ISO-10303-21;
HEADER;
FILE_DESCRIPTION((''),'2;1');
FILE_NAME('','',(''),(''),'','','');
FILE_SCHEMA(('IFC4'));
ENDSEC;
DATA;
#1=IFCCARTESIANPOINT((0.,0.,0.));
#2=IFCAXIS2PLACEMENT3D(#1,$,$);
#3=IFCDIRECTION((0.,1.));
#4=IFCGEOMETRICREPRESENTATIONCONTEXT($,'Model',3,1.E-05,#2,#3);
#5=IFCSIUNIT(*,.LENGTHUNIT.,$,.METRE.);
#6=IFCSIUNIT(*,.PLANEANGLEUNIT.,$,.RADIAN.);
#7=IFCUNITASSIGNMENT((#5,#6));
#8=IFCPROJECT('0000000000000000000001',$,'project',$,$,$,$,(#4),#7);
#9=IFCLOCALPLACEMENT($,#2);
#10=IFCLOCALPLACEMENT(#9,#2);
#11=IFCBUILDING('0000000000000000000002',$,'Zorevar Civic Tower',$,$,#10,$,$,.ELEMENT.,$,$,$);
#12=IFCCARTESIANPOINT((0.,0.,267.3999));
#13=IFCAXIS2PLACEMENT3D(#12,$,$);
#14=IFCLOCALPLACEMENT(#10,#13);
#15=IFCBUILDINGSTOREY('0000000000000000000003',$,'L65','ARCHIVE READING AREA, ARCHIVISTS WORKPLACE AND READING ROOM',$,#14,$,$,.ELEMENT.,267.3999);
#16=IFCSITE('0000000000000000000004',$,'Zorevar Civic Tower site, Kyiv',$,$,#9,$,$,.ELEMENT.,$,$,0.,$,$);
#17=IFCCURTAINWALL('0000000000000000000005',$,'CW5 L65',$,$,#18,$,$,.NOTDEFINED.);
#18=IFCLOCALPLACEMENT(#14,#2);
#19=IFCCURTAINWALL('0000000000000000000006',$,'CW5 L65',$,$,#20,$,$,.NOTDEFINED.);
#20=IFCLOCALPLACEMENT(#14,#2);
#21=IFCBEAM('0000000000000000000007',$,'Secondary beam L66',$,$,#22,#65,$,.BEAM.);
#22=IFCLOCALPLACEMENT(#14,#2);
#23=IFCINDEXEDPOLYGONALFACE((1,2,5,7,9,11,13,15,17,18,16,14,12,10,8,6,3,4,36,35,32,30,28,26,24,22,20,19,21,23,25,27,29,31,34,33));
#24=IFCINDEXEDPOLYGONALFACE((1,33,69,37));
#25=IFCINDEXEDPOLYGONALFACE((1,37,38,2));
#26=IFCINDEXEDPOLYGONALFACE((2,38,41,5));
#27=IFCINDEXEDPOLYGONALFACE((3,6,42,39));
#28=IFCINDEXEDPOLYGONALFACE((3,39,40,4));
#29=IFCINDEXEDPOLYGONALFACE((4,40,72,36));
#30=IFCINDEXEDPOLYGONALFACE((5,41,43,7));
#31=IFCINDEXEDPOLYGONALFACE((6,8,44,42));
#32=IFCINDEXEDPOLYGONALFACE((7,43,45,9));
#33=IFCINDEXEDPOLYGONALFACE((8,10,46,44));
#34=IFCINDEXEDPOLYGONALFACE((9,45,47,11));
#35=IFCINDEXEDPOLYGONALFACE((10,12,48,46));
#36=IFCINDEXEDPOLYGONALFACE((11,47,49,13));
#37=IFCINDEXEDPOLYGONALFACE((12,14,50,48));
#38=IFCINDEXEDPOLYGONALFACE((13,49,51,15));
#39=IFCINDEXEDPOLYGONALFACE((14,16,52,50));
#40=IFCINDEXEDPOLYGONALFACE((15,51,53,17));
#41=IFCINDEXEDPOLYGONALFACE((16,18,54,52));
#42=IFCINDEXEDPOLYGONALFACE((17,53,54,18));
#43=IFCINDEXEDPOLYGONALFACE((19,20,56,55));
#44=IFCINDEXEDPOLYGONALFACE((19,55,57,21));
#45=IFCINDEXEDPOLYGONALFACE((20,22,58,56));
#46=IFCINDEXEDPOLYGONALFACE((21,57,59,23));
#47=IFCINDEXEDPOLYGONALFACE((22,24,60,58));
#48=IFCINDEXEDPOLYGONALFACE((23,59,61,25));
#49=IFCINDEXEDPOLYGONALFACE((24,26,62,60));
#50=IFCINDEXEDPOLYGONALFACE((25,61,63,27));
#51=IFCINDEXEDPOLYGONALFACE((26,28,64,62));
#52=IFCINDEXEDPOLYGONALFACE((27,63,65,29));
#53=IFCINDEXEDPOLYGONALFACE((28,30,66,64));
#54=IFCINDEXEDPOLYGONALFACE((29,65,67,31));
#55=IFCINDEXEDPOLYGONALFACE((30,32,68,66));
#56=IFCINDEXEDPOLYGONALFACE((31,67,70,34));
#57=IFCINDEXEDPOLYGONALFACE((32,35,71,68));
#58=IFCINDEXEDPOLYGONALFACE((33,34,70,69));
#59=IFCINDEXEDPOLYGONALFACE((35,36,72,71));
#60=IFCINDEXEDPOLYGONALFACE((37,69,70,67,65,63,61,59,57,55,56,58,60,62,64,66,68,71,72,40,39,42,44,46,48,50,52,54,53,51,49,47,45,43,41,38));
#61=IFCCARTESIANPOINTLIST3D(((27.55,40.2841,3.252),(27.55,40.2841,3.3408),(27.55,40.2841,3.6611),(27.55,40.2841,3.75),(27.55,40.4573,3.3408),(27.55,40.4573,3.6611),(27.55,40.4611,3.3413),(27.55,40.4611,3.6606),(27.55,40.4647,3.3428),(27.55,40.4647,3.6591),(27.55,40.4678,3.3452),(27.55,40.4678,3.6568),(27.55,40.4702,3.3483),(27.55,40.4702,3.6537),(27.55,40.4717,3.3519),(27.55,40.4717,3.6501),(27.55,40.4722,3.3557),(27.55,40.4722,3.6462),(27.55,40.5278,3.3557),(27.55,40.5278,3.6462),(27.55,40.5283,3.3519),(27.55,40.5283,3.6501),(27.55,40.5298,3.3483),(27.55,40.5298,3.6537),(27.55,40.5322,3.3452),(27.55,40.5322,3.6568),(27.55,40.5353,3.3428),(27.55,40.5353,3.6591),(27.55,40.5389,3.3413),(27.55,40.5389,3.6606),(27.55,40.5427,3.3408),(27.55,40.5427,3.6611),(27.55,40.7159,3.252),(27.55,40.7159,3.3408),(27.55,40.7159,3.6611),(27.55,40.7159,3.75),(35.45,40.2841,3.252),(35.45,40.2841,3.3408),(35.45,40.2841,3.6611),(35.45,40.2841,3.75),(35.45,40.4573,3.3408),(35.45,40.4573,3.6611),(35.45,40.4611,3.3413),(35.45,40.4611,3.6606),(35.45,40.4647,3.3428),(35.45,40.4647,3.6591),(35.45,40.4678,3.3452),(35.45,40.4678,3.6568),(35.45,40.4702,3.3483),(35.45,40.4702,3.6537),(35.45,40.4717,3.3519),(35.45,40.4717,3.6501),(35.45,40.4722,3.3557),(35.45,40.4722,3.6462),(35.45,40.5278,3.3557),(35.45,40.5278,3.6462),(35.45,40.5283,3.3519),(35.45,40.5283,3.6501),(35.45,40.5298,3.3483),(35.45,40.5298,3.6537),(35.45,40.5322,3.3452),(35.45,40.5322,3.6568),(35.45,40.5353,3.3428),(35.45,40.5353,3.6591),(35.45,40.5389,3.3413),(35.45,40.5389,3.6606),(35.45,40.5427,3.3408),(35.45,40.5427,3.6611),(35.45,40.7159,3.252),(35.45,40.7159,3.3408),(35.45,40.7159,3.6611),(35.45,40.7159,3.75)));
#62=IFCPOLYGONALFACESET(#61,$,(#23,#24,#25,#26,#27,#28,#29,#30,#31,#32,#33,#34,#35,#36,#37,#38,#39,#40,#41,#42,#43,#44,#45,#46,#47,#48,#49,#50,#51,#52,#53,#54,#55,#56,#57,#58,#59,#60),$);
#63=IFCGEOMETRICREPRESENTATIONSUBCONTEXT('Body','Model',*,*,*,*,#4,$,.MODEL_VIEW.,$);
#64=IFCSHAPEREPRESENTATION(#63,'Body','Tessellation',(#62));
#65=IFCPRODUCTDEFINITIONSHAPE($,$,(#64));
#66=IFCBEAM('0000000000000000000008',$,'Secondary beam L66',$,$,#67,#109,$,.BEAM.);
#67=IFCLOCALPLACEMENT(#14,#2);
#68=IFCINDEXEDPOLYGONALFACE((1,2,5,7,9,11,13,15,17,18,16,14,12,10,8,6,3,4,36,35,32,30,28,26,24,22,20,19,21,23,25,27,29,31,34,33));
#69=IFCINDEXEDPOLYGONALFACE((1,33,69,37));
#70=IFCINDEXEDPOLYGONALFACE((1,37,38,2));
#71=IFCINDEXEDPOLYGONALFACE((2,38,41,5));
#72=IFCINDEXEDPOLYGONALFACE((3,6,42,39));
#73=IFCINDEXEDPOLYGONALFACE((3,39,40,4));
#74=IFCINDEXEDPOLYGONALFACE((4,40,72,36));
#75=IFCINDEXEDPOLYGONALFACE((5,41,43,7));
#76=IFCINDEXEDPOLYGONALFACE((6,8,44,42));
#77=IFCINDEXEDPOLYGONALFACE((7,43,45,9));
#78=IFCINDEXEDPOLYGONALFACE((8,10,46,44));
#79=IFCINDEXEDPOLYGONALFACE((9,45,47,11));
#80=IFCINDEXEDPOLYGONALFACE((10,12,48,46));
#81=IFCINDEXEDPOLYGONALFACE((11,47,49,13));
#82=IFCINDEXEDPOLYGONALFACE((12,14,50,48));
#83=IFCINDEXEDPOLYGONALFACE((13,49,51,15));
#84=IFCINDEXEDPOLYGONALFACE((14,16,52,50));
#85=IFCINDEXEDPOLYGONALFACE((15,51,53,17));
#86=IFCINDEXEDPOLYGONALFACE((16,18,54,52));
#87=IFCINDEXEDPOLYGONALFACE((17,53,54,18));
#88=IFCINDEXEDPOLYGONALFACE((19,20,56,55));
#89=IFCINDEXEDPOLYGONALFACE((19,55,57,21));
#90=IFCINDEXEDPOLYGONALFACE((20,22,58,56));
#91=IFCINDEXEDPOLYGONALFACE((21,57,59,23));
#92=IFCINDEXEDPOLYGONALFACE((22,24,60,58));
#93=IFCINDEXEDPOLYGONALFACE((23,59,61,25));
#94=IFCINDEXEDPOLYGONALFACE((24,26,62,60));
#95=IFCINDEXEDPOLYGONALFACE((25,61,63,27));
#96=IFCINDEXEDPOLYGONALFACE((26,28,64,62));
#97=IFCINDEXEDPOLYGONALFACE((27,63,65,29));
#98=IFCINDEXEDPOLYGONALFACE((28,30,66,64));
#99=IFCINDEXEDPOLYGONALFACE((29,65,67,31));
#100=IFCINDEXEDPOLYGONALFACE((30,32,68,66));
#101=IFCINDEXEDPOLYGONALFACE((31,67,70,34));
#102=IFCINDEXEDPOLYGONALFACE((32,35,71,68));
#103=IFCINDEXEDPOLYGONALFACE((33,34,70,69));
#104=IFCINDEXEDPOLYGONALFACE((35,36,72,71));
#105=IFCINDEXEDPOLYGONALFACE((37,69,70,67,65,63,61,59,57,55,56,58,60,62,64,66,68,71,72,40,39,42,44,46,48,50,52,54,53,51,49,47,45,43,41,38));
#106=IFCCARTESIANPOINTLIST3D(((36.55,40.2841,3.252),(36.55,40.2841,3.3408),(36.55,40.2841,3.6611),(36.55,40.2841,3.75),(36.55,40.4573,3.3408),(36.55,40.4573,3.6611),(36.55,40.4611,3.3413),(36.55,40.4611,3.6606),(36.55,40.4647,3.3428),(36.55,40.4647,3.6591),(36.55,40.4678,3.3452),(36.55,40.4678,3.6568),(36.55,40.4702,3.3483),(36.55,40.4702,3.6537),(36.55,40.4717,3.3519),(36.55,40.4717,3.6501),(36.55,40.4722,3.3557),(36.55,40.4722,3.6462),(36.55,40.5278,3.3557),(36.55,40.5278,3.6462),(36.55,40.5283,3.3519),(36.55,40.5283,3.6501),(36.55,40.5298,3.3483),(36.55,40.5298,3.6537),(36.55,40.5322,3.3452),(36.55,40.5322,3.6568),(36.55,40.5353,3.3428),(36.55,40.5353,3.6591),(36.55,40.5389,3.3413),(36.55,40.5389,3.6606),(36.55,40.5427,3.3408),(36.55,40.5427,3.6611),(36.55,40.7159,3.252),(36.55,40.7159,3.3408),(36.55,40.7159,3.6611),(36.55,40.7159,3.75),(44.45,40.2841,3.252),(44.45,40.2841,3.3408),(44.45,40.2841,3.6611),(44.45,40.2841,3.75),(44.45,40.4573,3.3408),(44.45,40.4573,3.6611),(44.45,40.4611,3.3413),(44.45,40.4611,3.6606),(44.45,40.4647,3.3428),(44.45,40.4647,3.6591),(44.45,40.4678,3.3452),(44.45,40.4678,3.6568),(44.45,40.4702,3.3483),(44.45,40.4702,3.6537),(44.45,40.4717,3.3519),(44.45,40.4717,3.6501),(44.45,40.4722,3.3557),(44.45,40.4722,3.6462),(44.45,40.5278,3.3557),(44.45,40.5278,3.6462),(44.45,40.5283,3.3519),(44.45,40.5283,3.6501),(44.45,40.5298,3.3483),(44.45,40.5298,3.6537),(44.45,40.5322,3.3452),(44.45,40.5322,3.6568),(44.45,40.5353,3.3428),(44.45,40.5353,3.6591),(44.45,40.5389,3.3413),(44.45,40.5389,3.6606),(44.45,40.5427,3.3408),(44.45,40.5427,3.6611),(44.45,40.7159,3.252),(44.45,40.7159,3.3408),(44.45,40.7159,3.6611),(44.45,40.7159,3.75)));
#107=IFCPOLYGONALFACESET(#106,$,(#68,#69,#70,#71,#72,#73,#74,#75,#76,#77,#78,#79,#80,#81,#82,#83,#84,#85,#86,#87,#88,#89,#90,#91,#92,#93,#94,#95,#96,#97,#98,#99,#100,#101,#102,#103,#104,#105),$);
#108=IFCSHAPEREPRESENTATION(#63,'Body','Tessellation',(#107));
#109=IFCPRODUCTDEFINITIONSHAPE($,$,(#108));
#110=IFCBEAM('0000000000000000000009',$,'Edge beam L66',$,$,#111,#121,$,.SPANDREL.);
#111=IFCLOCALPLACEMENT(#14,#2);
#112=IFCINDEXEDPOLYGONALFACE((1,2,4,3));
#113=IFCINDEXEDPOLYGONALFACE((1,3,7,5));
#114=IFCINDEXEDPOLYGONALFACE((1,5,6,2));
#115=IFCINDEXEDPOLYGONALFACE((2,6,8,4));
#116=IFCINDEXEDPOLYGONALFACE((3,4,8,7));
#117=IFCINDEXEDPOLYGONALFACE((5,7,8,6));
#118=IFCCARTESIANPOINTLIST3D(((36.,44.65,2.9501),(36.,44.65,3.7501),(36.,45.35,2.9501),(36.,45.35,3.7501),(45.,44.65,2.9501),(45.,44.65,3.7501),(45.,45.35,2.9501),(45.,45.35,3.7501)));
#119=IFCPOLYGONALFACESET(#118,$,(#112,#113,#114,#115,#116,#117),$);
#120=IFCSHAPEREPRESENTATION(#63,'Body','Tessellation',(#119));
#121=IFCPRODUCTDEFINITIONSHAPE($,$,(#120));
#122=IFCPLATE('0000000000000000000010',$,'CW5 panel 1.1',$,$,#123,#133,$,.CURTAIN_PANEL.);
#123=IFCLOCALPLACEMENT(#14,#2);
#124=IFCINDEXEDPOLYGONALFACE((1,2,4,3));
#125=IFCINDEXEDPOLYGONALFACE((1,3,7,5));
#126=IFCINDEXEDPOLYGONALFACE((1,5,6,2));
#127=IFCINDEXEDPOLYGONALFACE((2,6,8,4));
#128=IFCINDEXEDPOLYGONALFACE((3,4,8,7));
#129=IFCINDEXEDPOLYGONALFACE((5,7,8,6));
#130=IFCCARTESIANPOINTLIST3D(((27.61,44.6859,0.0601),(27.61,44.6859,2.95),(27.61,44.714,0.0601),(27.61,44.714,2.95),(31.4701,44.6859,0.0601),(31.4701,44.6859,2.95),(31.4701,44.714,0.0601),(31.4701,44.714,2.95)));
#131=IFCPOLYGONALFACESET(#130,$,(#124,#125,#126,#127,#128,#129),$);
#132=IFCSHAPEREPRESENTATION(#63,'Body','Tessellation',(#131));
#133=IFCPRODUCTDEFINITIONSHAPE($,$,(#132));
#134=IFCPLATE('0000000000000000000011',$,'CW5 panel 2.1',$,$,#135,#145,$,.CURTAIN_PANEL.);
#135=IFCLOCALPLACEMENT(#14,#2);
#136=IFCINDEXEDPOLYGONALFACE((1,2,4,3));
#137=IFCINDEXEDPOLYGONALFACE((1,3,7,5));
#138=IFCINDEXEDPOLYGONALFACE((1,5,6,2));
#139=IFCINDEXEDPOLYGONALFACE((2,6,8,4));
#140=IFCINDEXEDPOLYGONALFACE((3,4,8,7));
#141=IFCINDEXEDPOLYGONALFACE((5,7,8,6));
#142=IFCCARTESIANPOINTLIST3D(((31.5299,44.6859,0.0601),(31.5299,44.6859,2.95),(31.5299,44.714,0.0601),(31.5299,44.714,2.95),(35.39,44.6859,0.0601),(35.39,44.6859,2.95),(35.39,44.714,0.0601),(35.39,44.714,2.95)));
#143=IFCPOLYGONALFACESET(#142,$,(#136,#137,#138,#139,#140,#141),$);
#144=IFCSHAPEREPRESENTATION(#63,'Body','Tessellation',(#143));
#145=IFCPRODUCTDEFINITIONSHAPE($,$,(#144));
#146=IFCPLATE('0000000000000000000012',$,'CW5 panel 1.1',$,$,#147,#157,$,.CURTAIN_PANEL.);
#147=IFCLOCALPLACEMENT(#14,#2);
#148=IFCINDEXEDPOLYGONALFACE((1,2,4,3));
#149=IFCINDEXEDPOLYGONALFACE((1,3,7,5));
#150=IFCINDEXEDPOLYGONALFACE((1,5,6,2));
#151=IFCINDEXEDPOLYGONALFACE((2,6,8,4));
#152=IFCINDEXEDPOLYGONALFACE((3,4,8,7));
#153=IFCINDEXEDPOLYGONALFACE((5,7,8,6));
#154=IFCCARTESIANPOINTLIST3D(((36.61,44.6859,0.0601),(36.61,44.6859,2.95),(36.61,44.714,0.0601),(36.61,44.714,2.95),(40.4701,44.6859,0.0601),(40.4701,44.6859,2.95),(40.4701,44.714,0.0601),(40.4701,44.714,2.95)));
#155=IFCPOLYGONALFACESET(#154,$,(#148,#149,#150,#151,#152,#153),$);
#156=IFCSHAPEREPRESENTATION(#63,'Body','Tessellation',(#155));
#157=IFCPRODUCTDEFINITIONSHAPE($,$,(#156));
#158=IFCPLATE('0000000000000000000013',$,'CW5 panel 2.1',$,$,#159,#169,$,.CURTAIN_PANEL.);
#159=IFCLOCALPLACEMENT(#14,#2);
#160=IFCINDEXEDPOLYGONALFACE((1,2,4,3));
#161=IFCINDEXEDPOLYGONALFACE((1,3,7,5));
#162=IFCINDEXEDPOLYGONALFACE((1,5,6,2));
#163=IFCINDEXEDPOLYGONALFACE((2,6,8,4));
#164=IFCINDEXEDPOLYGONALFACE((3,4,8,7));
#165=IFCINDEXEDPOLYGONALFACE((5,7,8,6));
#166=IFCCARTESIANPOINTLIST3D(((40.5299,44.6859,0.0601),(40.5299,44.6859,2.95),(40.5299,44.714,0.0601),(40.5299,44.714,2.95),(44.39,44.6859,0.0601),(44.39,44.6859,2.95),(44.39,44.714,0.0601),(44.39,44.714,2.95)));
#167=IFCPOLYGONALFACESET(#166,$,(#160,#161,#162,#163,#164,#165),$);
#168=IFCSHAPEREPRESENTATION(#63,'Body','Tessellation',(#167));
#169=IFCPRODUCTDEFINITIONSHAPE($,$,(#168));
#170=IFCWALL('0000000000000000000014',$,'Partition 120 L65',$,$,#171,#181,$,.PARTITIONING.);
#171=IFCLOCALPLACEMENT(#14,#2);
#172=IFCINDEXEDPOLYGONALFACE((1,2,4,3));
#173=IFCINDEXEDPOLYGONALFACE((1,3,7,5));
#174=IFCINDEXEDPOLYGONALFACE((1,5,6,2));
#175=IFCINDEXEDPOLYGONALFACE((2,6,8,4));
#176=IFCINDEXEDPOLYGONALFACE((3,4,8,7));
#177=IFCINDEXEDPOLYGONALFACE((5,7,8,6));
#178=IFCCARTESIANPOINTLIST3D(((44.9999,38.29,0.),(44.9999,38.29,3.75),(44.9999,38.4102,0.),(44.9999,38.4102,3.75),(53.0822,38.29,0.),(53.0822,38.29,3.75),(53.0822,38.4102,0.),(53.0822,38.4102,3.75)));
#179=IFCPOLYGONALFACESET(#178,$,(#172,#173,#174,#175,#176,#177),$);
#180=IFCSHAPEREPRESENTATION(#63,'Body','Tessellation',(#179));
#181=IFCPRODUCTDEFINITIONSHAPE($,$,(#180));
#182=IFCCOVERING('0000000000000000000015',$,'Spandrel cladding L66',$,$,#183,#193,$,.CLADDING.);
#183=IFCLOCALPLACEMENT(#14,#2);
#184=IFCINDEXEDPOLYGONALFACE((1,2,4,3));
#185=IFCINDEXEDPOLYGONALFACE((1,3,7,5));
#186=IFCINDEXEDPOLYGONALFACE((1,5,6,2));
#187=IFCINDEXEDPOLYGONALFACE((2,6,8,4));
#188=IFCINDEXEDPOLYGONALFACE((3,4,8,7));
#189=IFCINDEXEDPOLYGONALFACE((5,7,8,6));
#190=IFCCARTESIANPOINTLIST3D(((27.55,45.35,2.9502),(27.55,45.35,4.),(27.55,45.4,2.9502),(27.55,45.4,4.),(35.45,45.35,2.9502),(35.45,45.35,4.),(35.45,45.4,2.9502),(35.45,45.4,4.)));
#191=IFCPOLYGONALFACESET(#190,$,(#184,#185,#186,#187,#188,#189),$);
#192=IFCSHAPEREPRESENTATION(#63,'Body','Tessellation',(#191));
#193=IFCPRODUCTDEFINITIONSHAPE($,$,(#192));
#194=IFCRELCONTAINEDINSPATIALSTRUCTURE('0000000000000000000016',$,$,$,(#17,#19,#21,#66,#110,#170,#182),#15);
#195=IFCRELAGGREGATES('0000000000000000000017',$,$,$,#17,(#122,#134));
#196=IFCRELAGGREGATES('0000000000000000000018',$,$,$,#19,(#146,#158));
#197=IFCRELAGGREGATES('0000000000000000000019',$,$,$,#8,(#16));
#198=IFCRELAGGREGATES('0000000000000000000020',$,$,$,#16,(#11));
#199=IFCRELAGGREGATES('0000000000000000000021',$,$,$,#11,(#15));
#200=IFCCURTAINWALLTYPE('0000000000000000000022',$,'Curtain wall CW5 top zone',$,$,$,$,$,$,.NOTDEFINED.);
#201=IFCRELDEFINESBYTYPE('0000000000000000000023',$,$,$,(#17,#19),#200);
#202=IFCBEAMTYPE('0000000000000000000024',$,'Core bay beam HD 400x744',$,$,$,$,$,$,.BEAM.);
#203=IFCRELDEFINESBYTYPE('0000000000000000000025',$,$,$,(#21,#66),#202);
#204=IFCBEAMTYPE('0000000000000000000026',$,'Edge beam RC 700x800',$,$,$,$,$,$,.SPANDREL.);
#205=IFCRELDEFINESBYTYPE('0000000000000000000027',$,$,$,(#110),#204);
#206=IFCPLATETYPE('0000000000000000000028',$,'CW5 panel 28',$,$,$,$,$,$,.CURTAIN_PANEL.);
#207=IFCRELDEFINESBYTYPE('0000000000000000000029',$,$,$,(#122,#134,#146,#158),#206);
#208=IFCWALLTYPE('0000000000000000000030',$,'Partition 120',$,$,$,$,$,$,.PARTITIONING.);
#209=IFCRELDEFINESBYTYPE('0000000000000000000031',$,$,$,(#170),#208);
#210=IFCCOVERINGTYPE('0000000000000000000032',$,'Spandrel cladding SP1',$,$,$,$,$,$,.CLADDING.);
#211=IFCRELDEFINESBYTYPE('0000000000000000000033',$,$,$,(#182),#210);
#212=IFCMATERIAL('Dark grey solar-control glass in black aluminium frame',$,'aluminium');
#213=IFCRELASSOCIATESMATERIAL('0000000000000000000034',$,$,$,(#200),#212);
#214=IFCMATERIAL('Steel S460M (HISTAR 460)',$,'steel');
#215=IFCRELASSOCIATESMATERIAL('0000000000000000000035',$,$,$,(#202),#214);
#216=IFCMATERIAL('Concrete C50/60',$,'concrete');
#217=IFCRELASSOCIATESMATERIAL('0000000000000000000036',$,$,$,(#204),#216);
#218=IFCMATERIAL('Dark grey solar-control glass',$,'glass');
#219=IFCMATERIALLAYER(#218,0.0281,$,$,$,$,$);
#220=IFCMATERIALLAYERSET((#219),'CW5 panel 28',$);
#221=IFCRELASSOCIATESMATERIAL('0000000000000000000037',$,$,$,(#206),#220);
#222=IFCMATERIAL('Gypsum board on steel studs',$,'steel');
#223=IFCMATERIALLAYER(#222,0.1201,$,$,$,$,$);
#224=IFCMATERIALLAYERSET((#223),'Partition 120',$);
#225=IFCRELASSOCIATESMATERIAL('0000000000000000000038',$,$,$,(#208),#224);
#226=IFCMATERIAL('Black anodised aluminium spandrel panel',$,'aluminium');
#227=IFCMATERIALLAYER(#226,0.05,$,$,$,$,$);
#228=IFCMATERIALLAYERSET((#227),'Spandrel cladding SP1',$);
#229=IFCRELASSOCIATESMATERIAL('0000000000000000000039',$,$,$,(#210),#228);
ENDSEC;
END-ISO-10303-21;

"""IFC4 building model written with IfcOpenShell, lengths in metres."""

from ifc_helpers import new_model, si_unit, direction, frame, frame_2d, origin, origin_2d, place, context, subcontext, project, spatial, rectangle, i_section, extrude, material, layer, layer_set, material_profile, profile_set, type_object, element, aggregate, save


model = new_model("IFC4")

# Units and contexts
model_context = context("Model", 3, precision=1e-05, world=origin(), true_north=direction((0.0, 1.0)))
body_context = subcontext(model_context, "Body", "Model", "MODEL_VIEW")
ifc_project = project(units=[si_unit("LENGTHUNIT", "METRE"), si_unit("PLANEANGLEUNIT", "RADIAN")], contexts=[model_context])

# Site, building, storey
site_placement = place(None, origin())
site = spatial("IfcSite", under=ifc_project, at=site_placement, Name="Zorevar Civic Tower site, Kyiv", CompositionType="ELEMENT", RefElevation=0.0)
building_placement = place(site_placement, origin())
building = spatial("IfcBuilding", under=site, at=building_placement, Name="Zorevar Civic Tower", CompositionType="ELEMENT")
storey_placement = place(building_placement, frame((0.0, 0.0, 267.3999)))
storey = spatial("IfcBuildingStorey", under=building, at=storey_placement, Name="L65", Description="ARCHIVE READING AREA, ARCHIVISTS WORKPLACE AND READING ROOM", CompositionType="ELEMENT", Elevation=267.3999)

# Curtain walls
ifc_material_1 = material(Name="Dark grey solar-control glass in black aluminium frame", Category="aluminium")
curtain_wall_type = type_object("IfcCurtainWallType", Name="Curtain wall CW5 top zone", PredefinedType="NOTDEFINED", material=ifc_material_1)
curtain_wall_1_placement = place(storey_placement, origin())
curtain_wall_1 = element("IfcCurtainWall", 1, at=curtain_wall_1_placement, inside=storey, type_object=curtain_wall_type, Name="CW5 L65", PredefinedType="NOTDEFINED")
curtain_wall_2_placement = place(storey_placement, origin())
curtain_wall_2 = element("IfcCurtainWall", 2, at=curtain_wall_2_placement, inside=storey, type_object=curtain_wall_type, Name="CW5 L65", PredefinedType="NOTDEFINED")

# Beams
ifc_material_2 = material(Name="Steel S460M (HISTAR 460)", Category="steel")
ifc_material_profile_1 = material_profile(ifc_material_2, i_section(OverallWidth=0.4319, OverallDepth=0.498, WebThickness=0.0557, FlangeThickness=0.0889, FilletRadius=0.0149, at=origin_2d()), Name="HD 400x744")
ifc_profile_set_1 = profile_set([ifc_material_profile_1], Name="Steel S460M (HISTAR 460)")
beam_type_1 = type_object("IfcBeamType", Name="Core bay beam HD 400x744", PredefinedType="BEAM", material=ifc_profile_set_1)
for number, where, z_axis, x_axis, name in (
    (3, (27.55, 40.5, 3.501), (1.0, 0.0, 0.0), (0.0, 1.0, 0.0), "Secondary beam L66"),
    (4, (36.55, 40.5, 3.501), (1.0, 0.0, 0.0), (0.0, 1.0, 0.0), "Secondary beam L66"),
):
    element("IfcBeam", number, at=place(storey_placement, frame(where, z_axis=z_axis, x_axis=x_axis)), inside=storey, type_object=beam_type_1, Name=name, PredefinedType="BEAM", context=body_context, shape_type="SweptSolid", body=[
        extrude(i_section(OverallWidth=0.4319, OverallDepth=0.498, WebThickness=0.0557, FlangeThickness=0.0889, FilletRadius=0.0149, at=origin_2d()), origin(), (0.0, 0.0, 1.0), 7.8999),
    ])
ifc_material_3 = material(Name="Concrete C50/60", Category="concrete")
ifc_material_profile_2 = material_profile(ifc_material_3, rectangle(XDim=0.7, YDim=0.8, at=origin_2d()), Name="RC 700x800")
ifc_profile_set_2 = profile_set([ifc_material_profile_2], Name="Concrete C50/60")
beam_type_2 = type_object("IfcBeamType", Name="Edge beam RC 700x800", PredefinedType="SPANDREL", material=ifc_profile_set_2)
beam_1_placement = place(storey_placement, frame((36.0, 45.0, 3.3501), z_axis=(1.0, 0.0, 0.0), x_axis=(0.0, 1.0, 0.0)))
element("IfcBeam", 5, at=beam_1_placement, inside=storey, type_object=beam_type_2, Name="Edge beam L66", PredefinedType="SPANDREL", context=body_context, shape_type="SweptSolid", body=[
    extrude(rectangle(XDim=0.7, YDim=0.8, at=origin_2d()), origin(), (0.0, 0.0, 1.0), 9.0),
])

# Plates
ifc_material_4 = material(Name="Dark grey solar-control glass", Category="glass")
ifc_layer_1 = layer(ifc_material_4, 0.0281)
ifc_layer_set_1 = layer_set([ifc_layer_1], Name="CW5 panel 28")
plate_type = type_object("IfcPlateType", Name="CW5 panel 28", PredefinedType="CURTAIN_PANEL", material=ifc_layer_set_1)
plate_1_placement = place(storey_placement, frame((29.54, 44.7, 0.0601), z_axis=(0.0, 0.0, 1.0), x_axis=(1.0, 0.0, 0.0)))
plate_1 = element("IfcPlate", 6, at=plate_1_placement, type_object=plate_type, Name="CW5 panel 1.1", PredefinedType="CURTAIN_PANEL", context=body_context, shape_type="SweptSolid", body=[
    extrude(rectangle(XDim=3.8601, YDim=0.0281, at=origin_2d()), origin(), (0.0, 0.0, 1.0), 2.8899),
])
plate_2_placement = place(storey_placement, frame((33.46, 44.7, 0.0601), z_axis=(0.0, 0.0, 1.0), x_axis=(1.0, 0.0, 0.0)))
plate_2 = element("IfcPlate", 7, at=plate_2_placement, type_object=plate_type, Name="CW5 panel 2.1", PredefinedType="CURTAIN_PANEL", context=body_context, shape_type="SweptSolid", body=[
    extrude(rectangle(XDim=3.8601, YDim=0.0281, at=origin_2d()), origin(), (0.0, 0.0, 1.0), 2.8899),
])
aggregate(curtain_wall_1, [plate_1, plate_2])
plate_3_placement = place(storey_placement, frame((38.54, 44.7, 0.0601), z_axis=(0.0, 0.0, 1.0), x_axis=(1.0, 0.0, 0.0)))
plate_3 = element("IfcPlate", 8, at=plate_3_placement, type_object=plate_type, Name="CW5 panel 1.1", PredefinedType="CURTAIN_PANEL", context=body_context, shape_type="SweptSolid", body=[
    extrude(rectangle(XDim=3.8601, YDim=0.0281, at=origin_2d()), origin(), (0.0, 0.0, 1.0), 2.8899),
])
plate_4_placement = place(storey_placement, frame((42.46, 44.7, 0.0601), z_axis=(0.0, 0.0, 1.0), x_axis=(1.0, 0.0, 0.0)))
plate_4 = element("IfcPlate", 9, at=plate_4_placement, type_object=plate_type, Name="CW5 panel 2.1", PredefinedType="CURTAIN_PANEL", context=body_context, shape_type="SweptSolid", body=[
    extrude(rectangle(XDim=3.8601, YDim=0.0281, at=origin_2d()), origin(), (0.0, 0.0, 1.0), 2.8899),
])
aggregate(curtain_wall_2, [plate_3, plate_4])

# Wall
ifc_material_5 = material(Name="Gypsum board on steel studs", Category="steel")
ifc_layer_2 = layer(ifc_material_5, 0.1201)
ifc_layer_set_2 = layer_set([ifc_layer_2], Name="Partition 120")
wall_type = type_object("IfcWallType", Name="Partition 120", PredefinedType="PARTITIONING", material=ifc_layer_set_2)
wall_placement = place(storey_placement, frame((45.0, 38.3501, 0.0), z_axis=(0.0, 0.0, 1.0), x_axis=(1.0, 0.0, 0.0)))
element("IfcWall", 10, at=wall_placement, inside=storey, type_object=wall_type, Name="Partition 120 L65", PredefinedType="PARTITIONING", context=body_context, shape_type="SweptSolid", body=[
    extrude(rectangle(XDim=8.0823, YDim=0.1201, at=frame_2d((4.041, 0.0))), origin(), (0.0, 0.0, 1.0), 3.75),
])

# Covering
ifc_material_6 = material(Name="Black anodised aluminium spandrel panel", Category="aluminium")
ifc_layer_3 = layer(ifc_material_6, 0.05)
ifc_layer_set_3 = layer_set([ifc_layer_3], Name="Spandrel cladding SP1")
covering_type = type_object("IfcCoveringType", Name="Spandrel cladding SP1", PredefinedType="CLADDING", material=ifc_layer_set_3)
for number, where, z_axis, x_axis, name in (
    (11, (27.55, 45.375, 2.9502), (0.0, 0.0, 1.0), (1.0, 0.0, 0.0), "Spandrel cladding L66"),
):
    element("IfcCovering", number, at=place(storey_placement, frame(where, z_axis=z_axis, x_axis=x_axis)), inside=storey, type_object=covering_type, Name=name, PredefinedType="CLADDING", context=body_context, shape_type="SweptSolid", body=[
        extrude(rectangle(XDim=7.8999, YDim=0.05, at=frame_2d((3.95, 0.0))), origin(), (0.0, 0.0, 1.0), 1.0498),
    ])

save(model, "model.ifc")
